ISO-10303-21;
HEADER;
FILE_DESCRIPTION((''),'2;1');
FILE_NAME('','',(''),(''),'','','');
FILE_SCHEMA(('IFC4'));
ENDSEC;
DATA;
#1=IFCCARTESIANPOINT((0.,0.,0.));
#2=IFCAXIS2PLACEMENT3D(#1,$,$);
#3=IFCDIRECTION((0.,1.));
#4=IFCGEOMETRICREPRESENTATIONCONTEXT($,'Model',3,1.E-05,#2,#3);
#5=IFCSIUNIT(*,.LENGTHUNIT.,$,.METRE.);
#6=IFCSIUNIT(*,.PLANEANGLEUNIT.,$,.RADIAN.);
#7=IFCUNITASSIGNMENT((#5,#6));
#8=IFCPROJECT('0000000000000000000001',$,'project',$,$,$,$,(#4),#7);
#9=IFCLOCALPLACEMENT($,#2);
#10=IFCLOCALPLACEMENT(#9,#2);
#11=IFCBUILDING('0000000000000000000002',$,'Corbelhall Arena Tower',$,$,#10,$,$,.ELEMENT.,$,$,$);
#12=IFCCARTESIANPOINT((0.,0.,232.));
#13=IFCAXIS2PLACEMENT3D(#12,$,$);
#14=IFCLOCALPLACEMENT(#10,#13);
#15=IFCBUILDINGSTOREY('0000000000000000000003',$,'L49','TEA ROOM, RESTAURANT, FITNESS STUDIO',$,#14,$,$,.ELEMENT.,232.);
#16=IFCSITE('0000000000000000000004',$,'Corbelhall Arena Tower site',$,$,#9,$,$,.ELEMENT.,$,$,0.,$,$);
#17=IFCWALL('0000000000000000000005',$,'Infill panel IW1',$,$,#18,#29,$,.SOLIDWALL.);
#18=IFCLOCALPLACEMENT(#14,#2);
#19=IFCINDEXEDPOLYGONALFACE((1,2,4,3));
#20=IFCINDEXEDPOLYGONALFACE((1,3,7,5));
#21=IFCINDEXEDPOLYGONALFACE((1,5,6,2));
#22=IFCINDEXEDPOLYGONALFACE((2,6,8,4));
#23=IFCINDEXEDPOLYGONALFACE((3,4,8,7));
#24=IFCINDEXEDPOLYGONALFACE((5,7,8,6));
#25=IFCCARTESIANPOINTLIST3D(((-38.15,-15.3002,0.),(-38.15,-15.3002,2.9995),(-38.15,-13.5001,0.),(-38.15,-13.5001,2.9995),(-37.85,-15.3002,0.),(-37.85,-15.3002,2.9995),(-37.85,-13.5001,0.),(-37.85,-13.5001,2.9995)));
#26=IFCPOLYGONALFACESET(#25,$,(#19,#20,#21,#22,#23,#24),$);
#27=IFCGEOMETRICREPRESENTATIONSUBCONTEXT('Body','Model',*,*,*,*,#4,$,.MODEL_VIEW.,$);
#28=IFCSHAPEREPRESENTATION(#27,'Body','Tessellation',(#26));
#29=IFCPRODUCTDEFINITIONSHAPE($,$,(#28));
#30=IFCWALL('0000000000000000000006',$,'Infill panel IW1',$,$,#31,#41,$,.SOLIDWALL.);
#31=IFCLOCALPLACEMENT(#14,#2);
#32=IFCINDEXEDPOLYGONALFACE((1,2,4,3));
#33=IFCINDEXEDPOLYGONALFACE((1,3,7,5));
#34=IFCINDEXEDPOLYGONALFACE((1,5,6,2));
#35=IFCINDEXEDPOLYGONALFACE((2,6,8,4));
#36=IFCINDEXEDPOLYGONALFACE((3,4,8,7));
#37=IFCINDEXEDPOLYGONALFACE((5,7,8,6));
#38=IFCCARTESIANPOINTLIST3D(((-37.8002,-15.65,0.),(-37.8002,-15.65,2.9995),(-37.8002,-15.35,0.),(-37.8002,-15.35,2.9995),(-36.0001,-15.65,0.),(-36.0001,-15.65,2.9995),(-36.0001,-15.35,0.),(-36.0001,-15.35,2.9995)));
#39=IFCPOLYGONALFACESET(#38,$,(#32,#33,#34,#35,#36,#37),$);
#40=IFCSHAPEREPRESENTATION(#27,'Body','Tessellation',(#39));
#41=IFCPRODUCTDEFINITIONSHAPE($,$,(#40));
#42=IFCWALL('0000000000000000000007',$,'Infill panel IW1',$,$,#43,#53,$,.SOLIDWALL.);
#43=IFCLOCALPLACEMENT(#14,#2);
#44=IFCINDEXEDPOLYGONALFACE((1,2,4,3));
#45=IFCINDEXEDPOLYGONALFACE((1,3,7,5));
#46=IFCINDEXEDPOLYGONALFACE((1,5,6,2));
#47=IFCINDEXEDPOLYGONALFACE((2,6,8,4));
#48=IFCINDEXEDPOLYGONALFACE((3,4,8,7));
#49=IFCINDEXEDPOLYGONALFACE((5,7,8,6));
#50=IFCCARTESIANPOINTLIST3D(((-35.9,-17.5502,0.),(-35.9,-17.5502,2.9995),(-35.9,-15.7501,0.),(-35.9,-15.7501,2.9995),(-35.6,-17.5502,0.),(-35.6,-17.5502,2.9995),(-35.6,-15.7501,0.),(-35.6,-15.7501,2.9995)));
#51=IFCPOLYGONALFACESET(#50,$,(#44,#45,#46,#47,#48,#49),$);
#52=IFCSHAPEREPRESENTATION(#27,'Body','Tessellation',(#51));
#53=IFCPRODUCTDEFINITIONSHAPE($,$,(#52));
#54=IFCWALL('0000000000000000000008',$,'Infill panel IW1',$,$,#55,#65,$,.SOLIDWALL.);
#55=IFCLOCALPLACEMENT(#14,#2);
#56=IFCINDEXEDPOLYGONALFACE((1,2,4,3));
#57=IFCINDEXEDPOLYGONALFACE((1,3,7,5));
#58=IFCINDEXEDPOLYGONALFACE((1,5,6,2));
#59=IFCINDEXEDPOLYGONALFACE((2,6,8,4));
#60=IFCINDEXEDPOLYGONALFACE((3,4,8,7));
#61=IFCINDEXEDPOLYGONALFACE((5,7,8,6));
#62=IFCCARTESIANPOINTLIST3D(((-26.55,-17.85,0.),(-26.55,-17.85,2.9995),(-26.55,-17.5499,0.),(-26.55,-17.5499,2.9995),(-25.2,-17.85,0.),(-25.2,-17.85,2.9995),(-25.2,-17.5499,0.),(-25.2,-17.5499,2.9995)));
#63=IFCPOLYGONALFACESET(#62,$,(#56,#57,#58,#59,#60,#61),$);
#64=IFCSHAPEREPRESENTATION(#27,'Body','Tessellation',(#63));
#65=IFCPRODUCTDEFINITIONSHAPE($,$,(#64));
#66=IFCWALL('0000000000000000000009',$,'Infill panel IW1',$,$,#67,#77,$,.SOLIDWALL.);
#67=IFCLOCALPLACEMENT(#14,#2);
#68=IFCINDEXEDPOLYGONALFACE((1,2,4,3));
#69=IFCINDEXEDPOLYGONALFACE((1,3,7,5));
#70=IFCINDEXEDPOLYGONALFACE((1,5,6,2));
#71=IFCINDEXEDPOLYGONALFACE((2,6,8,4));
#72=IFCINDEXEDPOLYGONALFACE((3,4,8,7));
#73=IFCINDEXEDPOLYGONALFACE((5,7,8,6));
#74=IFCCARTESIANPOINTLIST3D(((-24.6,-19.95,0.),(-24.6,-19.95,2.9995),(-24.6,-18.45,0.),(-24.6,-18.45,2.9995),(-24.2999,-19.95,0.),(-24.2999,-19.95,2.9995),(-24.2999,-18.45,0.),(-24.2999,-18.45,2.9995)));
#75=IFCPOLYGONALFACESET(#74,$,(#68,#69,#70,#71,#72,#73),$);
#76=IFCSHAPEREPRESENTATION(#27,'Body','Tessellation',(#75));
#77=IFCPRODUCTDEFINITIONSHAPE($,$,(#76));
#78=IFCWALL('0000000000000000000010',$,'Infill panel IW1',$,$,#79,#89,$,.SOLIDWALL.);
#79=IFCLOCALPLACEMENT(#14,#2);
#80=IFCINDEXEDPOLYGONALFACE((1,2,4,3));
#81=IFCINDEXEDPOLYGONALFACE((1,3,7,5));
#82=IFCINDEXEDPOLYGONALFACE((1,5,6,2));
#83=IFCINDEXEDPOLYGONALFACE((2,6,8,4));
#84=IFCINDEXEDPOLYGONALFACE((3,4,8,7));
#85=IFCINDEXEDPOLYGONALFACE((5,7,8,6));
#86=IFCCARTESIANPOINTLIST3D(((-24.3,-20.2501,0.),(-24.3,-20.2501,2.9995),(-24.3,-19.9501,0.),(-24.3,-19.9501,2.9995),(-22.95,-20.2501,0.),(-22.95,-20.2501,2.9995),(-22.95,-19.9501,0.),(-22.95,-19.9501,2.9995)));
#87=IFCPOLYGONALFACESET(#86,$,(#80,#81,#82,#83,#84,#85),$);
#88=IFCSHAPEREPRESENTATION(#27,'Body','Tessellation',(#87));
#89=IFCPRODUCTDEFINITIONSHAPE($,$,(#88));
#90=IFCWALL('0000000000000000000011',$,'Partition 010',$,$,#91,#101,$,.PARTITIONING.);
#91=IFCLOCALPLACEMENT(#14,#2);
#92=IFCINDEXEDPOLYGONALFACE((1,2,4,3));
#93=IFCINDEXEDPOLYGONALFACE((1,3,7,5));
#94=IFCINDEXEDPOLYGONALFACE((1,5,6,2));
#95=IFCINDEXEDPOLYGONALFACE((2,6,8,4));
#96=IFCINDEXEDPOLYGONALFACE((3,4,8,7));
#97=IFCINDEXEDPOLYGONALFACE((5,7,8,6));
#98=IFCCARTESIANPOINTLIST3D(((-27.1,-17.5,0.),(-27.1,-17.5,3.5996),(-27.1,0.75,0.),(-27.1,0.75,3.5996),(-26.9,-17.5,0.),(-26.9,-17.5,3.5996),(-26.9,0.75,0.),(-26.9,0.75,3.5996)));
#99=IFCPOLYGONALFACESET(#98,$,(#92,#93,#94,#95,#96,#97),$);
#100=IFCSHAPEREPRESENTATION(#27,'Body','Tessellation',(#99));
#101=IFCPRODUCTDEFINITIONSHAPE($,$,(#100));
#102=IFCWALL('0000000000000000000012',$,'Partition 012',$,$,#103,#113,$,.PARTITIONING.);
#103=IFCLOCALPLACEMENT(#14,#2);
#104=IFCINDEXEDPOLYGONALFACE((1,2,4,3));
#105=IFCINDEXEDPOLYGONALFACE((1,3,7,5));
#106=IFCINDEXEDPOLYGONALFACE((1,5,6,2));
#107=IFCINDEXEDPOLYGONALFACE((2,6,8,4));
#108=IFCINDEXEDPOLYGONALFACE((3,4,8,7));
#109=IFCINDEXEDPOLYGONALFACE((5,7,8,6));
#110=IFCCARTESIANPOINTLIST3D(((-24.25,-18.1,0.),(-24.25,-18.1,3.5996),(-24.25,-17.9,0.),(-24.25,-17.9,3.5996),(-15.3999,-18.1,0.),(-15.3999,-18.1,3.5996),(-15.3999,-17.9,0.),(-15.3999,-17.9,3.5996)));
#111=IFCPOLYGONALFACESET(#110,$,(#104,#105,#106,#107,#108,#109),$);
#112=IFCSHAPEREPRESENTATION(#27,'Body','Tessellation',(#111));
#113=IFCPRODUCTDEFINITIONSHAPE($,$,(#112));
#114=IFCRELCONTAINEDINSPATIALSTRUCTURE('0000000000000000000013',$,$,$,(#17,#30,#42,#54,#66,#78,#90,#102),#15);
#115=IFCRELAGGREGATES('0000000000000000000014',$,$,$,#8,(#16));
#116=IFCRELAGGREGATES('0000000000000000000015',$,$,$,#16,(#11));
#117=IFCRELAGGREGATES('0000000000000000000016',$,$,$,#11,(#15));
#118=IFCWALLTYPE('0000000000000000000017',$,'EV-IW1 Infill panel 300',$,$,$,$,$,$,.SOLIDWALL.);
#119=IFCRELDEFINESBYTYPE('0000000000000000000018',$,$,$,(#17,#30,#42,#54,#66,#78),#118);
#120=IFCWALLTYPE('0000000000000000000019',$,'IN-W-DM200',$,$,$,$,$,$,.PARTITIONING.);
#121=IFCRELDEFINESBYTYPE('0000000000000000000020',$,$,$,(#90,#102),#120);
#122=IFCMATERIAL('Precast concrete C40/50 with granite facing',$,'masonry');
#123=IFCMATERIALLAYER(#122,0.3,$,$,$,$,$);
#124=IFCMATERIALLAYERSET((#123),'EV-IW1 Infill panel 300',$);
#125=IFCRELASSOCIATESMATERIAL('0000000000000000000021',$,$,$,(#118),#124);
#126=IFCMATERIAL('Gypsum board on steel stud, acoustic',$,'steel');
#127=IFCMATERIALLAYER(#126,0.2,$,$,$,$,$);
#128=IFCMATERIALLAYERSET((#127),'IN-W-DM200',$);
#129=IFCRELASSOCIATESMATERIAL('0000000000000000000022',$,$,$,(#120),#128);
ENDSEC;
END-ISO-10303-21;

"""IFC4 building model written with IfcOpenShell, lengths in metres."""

from ifc_helpers import new_model, si_unit, direction, frame, frame_2d, origin, place, context, subcontext, project, spatial, rectangle, extrude, material, layer, layer_set, type_object, element, save


model = new_model("IFC4")

# Units and contexts
model_context = context("Model", 3, precision=1e-05, world=origin(), true_north=direction((0.0, 1.0)))
body_context = subcontext(model_context, "Body", "Model", "MODEL_VIEW")
ifc_project = project(units=[si_unit("LENGTHUNIT", "METRE"), si_unit("PLANEANGLEUNIT", "RADIAN")], contexts=[model_context])

# Site, building, storey
site_placement = place(None, origin())
site = spatial("IfcSite", under=ifc_project, at=site_placement, Name="Corbelhall Arena Tower site", CompositionType="ELEMENT", RefElevation=0.0)
building_placement = place(site_placement, origin())
building = spatial("IfcBuilding", under=site, at=building_placement, Name="Corbelhall Arena Tower", CompositionType="ELEMENT")
storey_placement = place(building_placement, frame((0.0, 0.0, 232.0)))
storey = spatial("IfcBuildingStorey", under=building, at=storey_placement, Name="L49", Description="TEA ROOM, RESTAURANT, FITNESS STUDIO", CompositionType="ELEMENT", Elevation=232.0)

# Walls
ifc_material_1 = material(Name="Precast concrete C40/50 with granite facing", Category="masonry")
ifc_layer_1 = layer(ifc_material_1, 0.3)
ifc_layer_set_1 = layer_set([ifc_layer_1], Name="EV-IW1 Infill panel 300")
wall_type_1 = type_object("IfcWallType", Name="EV-IW1 Infill panel 300", PredefinedType="SOLIDWALL", material=ifc_layer_set_1)
for number, where, z_axis, x_axis, name in (
    (1, (-38.0, -15.3, 0.0), (0.0, 0.0, 1.0), (0.0, 1.0, 0.0), "Infill panel IW1"),
    (2, (-37.8, -15.5, 0.0), (0.0, 0.0, 1.0), (1.0, 0.0, 0.0), "Infill panel IW1"),
    (3, (-35.75, -17.55, 0.0), (0.0, 0.0, 1.0), (0.0, 1.0, 0.0), "Infill panel IW1"),
):
    element("IfcWall", number, at=place(storey_placement, frame(where, z_axis=z_axis, x_axis=x_axis)), inside=storey, type_object=wall_type_1, Name=name, PredefinedType="SOLIDWALL", context=body_context, shape_type="SweptSolid", body=[
        extrude(rectangle(XDim=1.8, YDim=0.3, at=frame_2d((0.8999, 0.0))), origin(), (0.0, 0.0, 1.0), 2.9995),
    ])

# Walls
wall_1_placement = place(storey_placement, frame((-26.55, -17.7, 0.0), z_axis=(0.0, 0.0, 1.0), x_axis=(1.0, 0.0, 0.0)))
element("IfcWall", 4, at=wall_1_placement, inside=storey, type_object=wall_type_1, Name="Infill panel IW1", PredefinedType="SOLIDWALL", context=body_context, shape_type="SweptSolid", body=[
    extrude(rectangle(XDim=1.3501, YDim=0.3, at=frame_2d((0.675, 0.0))), origin(), (0.0, 0.0, 1.0), 2.9995),
])
wall_2_placement = place(storey_placement, frame((-24.45, -18.45, 0.0), z_axis=(0.0, 0.0, 1.0), x_axis=(0.0, -1.0, 0.0)))
element("IfcWall", 5, at=wall_2_placement, inside=storey, type_object=wall_type_1, Name="Infill panel IW1", PredefinedType="SOLIDWALL", context=body_context, shape_type="SweptSolid", body=[
    extrude(rectangle(XDim=1.5, YDim=0.3, at=frame_2d((0.75, 0.0))), origin(), (0.0, 0.0, 1.0), 2.9995),
])
wall_3_placement = place(storey_placement, frame((-24.3, -20.1001, 0.0), z_axis=(0.0, 0.0, 1.0), x_axis=(1.0, 0.0, 0.0)))
element("IfcWall", 6, at=wall_3_placement, inside=storey, type_object=wall_type_1, Name="Infill panel IW1", PredefinedType="SOLIDWALL", context=body_context, shape_type="SweptSolid", body=[
    extrude(rectangle(XDim=1.3501, YDim=0.3, at=frame_2d((0.675, 0.0))), origin(), (0.0, 0.0, 1.0), 2.9995),
])
ifc_material_2 = material(Name="Gypsum board on steel stud, acoustic", Category="steel")
ifc_layer_2 = layer(ifc_material_2, 0.2)
ifc_layer_set_2 = layer_set([ifc_layer_2], Name="IN-W-DM200")
wall_type_2 = type_object("IfcWallType", Name="IN-W-DM200", PredefinedType="PARTITIONING", material=ifc_layer_set_2)
wall_4_placement = place(storey_placement, frame((-27.0, -17.5, 0.0), z_axis=(0.0, 0.0, 1.0), x_axis=(0.0, 1.0, 0.0)))
element("IfcWall", 7, at=wall_4_placement, inside=storey, type_object=wall_type_2, Name="Partition 010", PredefinedType="PARTITIONING", context=body_context, shape_type="SweptSolid", body=[
    extrude(rectangle(XDim=18.25, YDim=0.2, at=frame_2d((9.125, 0.0))), origin(), (0.0, 0.0, 1.0), 3.5996),
])
wall_5_placement = place(storey_placement, frame((-24.25, -18.0, 0.0), z_axis=(0.0, 0.0, 1.0), x_axis=(1.0, 0.0, 0.0)))
element("IfcWall", 8, at=wall_5_placement, inside=storey, type_object=wall_type_2, Name="Partition 012", PredefinedType="PARTITIONING", context=body_context, shape_type="SweptSolid", body=[
    extrude(rectangle(XDim=8.8501, YDim=0.2, at=frame_2d((4.425, 0.0))), origin(), (0.0, 0.0, 1.0), 3.5996),
])

save(model, "model.ifc")
